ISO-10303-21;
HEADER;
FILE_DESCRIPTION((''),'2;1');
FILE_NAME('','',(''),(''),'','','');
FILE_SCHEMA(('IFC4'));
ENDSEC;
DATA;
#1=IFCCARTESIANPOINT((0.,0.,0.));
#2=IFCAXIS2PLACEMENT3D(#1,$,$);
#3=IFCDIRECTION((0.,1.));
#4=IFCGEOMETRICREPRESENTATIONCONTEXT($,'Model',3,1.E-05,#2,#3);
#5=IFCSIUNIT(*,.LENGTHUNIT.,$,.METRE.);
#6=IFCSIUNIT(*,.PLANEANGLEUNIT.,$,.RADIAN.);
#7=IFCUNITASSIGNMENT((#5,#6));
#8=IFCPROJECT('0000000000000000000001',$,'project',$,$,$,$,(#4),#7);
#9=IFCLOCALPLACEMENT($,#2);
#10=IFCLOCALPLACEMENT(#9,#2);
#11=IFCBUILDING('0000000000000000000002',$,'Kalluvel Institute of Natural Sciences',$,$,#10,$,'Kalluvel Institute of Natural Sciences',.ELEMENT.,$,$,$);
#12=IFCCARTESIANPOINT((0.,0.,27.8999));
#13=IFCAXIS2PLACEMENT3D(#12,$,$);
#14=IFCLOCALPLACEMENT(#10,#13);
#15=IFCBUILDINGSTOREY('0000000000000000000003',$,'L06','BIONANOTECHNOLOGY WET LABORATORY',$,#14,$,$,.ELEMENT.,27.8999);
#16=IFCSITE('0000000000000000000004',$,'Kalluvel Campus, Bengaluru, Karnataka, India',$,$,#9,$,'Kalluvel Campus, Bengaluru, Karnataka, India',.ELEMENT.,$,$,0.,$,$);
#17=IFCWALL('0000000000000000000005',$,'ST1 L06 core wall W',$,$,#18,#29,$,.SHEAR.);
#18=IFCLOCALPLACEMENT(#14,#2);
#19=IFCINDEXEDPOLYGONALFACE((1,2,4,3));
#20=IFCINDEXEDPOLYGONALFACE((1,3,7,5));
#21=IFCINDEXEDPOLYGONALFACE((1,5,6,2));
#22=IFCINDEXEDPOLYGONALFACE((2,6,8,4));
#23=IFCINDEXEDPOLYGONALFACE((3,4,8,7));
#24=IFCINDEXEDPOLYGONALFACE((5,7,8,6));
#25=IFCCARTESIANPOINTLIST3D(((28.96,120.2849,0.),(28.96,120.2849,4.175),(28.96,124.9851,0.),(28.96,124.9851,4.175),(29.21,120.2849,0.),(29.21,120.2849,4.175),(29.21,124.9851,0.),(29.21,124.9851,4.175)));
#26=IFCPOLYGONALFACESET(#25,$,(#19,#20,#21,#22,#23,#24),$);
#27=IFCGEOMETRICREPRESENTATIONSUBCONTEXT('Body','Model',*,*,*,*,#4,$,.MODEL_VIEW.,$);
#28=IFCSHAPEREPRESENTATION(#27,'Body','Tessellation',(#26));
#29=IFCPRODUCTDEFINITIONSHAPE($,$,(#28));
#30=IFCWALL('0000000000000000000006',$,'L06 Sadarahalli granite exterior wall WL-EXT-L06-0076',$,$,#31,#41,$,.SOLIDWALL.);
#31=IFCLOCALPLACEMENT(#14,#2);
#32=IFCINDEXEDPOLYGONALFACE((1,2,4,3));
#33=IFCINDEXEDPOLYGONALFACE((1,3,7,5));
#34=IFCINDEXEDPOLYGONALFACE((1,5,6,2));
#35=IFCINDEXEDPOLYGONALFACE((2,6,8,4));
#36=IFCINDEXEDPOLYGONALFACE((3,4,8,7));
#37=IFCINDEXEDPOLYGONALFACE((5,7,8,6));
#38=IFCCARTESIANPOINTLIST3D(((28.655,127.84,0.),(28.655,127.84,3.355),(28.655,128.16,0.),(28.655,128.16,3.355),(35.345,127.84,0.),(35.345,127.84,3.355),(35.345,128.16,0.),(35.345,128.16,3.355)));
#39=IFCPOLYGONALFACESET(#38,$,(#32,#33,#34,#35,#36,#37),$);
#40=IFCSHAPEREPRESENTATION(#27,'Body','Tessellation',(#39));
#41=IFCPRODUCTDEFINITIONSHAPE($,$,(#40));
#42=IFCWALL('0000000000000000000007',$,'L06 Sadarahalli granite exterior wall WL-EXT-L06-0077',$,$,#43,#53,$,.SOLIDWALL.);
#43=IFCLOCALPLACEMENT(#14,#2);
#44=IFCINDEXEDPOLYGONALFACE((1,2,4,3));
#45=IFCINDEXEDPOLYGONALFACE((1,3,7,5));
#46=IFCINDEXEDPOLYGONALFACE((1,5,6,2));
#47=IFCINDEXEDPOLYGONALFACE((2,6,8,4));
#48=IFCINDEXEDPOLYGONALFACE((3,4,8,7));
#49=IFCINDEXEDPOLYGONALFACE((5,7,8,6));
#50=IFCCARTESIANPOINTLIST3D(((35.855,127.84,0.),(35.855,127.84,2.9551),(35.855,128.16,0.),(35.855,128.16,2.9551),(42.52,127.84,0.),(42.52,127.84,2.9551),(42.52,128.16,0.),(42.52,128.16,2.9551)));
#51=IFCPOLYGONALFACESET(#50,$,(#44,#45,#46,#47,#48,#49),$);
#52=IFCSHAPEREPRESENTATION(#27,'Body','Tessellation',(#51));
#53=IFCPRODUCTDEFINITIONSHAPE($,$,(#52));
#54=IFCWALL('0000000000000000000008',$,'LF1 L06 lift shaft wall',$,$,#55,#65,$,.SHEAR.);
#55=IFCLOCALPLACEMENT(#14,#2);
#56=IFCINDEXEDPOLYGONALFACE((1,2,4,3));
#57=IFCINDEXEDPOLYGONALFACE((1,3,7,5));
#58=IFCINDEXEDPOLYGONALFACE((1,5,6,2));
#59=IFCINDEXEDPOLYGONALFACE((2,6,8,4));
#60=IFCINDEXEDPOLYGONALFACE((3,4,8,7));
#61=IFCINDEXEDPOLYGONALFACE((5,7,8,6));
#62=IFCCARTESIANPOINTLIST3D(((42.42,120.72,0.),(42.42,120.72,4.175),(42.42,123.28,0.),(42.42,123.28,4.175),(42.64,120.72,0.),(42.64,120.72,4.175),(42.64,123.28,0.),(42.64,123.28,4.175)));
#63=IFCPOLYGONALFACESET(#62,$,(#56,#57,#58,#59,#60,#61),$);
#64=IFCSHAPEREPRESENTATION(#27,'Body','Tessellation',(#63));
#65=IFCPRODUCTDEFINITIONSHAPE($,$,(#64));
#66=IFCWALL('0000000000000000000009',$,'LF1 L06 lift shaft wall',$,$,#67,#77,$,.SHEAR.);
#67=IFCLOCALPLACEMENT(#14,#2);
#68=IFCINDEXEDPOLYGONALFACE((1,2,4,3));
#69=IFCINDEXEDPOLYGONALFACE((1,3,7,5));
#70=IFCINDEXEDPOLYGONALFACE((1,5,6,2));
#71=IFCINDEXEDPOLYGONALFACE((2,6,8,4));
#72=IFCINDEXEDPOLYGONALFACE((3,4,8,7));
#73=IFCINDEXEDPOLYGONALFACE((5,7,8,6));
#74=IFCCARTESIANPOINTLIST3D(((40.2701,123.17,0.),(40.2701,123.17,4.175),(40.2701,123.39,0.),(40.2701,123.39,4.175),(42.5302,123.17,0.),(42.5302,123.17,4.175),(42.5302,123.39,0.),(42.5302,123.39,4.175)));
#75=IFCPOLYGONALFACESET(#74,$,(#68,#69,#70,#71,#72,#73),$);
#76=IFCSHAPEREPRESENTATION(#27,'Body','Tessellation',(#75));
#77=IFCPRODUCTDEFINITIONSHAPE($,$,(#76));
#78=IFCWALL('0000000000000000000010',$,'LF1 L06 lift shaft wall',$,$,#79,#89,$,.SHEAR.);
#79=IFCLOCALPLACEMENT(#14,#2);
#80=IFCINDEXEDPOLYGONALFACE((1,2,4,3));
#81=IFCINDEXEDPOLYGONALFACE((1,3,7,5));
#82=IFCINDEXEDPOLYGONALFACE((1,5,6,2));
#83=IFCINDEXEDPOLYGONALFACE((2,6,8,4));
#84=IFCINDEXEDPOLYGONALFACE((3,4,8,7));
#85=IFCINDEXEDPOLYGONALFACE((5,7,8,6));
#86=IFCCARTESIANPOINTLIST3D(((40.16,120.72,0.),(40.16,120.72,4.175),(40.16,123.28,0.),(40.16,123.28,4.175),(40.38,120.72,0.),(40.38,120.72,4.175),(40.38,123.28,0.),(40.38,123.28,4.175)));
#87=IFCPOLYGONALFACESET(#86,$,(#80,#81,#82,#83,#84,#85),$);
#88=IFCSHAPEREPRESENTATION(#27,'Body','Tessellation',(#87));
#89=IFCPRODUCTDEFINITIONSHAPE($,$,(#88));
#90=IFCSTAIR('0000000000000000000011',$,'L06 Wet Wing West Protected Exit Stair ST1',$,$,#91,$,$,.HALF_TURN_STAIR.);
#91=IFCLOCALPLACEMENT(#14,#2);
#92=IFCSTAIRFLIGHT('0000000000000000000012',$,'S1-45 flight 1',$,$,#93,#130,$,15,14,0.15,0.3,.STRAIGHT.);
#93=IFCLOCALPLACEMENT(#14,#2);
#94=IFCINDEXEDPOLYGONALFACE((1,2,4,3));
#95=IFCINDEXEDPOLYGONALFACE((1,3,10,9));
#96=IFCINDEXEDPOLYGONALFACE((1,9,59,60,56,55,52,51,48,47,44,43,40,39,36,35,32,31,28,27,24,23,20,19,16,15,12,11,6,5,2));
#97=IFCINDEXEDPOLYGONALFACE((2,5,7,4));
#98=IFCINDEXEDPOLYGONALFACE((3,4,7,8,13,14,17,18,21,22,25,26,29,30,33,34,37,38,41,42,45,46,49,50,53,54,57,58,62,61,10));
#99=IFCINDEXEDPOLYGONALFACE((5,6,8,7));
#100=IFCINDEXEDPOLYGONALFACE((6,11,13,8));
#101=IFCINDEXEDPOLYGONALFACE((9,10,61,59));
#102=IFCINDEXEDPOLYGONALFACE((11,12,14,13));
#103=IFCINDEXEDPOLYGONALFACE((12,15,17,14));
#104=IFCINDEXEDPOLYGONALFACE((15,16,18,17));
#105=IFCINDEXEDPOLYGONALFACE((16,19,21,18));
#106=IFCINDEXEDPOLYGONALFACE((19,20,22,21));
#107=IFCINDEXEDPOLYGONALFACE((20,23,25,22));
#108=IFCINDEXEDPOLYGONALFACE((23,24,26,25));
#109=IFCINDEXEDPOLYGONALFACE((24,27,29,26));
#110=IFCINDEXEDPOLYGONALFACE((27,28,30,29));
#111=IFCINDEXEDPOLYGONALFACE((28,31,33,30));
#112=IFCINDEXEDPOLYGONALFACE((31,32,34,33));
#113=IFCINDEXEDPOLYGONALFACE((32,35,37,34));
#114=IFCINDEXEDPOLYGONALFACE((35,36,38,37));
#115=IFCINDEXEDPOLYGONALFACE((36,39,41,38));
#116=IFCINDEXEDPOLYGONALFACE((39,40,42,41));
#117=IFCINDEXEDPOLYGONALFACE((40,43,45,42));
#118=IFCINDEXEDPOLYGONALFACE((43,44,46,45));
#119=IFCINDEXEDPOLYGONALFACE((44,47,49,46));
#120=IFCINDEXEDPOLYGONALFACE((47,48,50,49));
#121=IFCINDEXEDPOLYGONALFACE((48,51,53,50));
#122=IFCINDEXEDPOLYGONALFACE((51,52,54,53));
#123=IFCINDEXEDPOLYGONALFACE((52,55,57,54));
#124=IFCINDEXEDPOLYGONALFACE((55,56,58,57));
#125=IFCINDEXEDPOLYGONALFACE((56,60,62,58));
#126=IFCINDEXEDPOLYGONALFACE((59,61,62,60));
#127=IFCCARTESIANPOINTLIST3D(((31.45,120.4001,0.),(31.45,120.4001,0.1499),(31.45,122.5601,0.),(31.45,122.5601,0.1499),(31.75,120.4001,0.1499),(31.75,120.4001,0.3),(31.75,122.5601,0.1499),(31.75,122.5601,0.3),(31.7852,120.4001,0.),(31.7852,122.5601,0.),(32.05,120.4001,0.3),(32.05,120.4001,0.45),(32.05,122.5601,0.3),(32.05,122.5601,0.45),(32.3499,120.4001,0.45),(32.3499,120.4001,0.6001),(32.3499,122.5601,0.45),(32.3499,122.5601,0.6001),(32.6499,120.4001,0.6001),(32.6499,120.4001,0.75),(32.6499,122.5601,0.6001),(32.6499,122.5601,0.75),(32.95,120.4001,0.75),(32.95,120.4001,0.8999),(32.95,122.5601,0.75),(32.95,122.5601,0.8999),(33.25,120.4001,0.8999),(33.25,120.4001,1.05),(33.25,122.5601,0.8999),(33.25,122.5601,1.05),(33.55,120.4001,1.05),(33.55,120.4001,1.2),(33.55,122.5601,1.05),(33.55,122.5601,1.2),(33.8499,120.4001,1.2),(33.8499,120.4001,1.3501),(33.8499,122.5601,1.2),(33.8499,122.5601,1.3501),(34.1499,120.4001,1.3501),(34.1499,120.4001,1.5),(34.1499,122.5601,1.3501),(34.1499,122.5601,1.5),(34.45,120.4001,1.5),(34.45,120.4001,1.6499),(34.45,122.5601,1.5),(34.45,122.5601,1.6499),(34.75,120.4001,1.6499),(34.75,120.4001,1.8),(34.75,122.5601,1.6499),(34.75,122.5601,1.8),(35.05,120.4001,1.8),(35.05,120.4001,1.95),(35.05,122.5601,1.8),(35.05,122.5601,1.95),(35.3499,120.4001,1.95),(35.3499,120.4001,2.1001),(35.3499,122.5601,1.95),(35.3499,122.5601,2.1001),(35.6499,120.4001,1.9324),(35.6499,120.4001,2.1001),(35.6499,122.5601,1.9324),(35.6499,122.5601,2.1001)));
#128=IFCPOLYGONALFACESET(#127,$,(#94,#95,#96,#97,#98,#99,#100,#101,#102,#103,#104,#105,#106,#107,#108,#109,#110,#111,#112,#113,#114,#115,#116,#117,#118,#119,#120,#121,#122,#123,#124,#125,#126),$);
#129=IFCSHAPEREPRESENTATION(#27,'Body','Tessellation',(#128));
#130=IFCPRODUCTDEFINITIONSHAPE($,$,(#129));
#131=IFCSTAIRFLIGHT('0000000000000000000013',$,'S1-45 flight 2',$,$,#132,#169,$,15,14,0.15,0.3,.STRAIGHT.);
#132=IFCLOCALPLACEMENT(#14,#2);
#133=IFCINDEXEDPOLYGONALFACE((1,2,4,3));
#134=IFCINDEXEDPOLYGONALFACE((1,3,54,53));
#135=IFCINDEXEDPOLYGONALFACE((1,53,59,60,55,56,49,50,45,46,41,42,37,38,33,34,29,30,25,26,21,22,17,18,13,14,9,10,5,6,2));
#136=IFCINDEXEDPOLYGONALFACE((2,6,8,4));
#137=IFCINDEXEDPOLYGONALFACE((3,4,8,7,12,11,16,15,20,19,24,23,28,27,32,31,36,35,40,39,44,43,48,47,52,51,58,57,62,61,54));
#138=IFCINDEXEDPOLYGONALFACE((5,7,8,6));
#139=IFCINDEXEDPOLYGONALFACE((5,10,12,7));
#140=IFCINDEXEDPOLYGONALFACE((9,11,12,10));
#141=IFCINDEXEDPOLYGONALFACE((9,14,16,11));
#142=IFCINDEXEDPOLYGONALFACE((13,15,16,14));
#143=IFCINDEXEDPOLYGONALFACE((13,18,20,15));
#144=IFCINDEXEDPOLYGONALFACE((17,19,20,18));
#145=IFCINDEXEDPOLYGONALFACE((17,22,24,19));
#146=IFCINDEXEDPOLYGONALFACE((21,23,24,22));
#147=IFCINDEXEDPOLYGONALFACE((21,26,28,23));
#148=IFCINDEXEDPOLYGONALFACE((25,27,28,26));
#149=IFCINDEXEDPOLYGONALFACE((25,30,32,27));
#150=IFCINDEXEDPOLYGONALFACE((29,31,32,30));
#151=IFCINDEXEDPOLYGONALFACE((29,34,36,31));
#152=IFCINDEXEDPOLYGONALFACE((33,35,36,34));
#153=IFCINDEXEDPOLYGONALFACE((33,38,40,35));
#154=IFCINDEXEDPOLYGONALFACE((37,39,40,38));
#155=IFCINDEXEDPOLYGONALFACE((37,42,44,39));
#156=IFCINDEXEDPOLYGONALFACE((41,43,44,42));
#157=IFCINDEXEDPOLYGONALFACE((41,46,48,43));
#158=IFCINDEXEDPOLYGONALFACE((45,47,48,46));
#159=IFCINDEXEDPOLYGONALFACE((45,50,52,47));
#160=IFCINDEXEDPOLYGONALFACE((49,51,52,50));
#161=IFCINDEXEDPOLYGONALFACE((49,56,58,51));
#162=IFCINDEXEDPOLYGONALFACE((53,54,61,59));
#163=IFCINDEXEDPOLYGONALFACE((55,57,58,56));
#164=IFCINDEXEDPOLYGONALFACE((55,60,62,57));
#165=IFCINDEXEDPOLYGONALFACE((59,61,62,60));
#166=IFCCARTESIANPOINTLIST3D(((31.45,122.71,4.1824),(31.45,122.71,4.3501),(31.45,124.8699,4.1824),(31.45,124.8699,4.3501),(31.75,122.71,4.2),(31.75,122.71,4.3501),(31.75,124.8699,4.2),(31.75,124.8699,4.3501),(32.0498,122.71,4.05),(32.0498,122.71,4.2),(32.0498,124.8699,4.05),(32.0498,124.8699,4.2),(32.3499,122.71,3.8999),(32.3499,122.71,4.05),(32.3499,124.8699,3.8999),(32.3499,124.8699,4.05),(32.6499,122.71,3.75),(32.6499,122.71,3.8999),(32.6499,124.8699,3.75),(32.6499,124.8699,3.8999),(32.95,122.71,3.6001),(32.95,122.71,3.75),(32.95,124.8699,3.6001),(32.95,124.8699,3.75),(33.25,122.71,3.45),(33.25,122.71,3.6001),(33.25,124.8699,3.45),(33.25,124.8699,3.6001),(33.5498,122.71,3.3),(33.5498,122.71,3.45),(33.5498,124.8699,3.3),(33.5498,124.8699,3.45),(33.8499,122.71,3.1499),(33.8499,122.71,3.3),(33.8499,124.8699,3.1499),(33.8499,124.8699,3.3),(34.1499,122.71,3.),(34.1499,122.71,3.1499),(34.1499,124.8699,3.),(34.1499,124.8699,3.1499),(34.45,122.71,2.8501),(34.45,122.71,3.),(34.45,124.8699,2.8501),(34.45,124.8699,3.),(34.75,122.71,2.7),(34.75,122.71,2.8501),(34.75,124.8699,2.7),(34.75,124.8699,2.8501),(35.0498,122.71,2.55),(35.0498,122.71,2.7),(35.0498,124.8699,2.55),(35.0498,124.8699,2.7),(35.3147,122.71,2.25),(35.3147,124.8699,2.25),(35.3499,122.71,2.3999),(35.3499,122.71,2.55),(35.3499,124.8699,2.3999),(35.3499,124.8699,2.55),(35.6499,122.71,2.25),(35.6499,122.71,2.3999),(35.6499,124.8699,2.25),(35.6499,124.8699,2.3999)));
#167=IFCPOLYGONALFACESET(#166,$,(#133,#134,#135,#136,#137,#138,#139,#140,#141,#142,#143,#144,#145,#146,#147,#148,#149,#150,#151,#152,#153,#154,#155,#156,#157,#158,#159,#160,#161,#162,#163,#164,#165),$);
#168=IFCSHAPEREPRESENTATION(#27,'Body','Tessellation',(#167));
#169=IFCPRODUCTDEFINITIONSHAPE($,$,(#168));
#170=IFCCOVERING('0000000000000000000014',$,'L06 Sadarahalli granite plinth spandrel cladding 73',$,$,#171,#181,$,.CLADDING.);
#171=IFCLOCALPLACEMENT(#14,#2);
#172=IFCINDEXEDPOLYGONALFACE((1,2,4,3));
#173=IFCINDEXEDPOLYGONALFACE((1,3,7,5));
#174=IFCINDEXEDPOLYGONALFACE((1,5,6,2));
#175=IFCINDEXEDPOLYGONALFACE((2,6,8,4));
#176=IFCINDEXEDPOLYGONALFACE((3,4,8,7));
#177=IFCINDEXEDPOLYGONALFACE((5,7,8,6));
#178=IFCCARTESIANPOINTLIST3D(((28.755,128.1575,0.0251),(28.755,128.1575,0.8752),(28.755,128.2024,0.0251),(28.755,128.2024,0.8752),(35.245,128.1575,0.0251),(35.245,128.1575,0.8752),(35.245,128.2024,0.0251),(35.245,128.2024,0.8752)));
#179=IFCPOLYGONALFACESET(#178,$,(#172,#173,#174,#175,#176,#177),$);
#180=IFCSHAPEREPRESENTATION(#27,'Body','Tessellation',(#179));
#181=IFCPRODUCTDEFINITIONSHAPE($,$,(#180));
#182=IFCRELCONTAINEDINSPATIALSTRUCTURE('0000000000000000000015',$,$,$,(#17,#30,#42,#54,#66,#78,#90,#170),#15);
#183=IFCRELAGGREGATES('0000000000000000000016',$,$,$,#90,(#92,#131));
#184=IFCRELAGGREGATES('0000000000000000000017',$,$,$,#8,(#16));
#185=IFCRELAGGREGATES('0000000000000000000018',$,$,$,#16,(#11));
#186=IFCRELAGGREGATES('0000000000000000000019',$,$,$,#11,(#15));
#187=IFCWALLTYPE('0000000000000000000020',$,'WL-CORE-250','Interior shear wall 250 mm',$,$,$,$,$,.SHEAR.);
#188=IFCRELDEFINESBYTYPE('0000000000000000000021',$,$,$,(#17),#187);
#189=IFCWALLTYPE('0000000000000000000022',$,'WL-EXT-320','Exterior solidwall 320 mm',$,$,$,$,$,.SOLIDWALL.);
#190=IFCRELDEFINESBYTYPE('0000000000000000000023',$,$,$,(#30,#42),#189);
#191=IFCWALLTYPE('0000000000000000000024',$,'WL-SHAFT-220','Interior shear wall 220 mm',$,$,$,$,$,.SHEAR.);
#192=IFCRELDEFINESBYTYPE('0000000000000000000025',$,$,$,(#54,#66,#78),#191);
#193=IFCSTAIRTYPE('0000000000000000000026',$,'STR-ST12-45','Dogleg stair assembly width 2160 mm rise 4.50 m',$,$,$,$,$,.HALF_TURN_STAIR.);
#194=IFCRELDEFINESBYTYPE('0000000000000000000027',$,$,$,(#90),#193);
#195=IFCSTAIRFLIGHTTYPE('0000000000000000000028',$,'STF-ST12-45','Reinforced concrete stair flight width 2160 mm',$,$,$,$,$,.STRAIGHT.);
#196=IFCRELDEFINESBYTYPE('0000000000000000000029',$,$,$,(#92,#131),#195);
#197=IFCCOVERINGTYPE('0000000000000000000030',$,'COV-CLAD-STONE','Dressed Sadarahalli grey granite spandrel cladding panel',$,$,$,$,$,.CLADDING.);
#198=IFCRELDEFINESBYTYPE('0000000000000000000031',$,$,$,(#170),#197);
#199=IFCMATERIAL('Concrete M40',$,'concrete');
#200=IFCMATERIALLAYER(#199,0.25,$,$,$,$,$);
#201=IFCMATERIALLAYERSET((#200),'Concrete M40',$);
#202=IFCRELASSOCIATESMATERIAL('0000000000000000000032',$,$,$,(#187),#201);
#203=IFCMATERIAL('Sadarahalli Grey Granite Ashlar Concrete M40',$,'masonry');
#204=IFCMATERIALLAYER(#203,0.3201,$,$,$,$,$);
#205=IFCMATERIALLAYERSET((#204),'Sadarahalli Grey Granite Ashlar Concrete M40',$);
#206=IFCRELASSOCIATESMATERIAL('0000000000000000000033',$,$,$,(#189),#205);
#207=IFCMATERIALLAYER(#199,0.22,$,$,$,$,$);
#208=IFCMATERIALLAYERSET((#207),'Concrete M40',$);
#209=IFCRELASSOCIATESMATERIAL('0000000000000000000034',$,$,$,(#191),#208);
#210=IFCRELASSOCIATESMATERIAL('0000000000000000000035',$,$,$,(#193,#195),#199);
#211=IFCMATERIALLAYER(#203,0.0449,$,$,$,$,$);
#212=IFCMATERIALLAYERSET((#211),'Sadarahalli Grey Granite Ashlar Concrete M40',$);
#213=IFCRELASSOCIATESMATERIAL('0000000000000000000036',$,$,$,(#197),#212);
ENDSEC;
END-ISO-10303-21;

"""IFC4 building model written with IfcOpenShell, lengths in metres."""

from ifc_helpers import new_model, si_unit, direction, frame, frame_2d, origin, origin_2d, place, context, subcontext, project, spatial, polyline, rectangle, outline, extrude, material, layer, layer_set, type_object, element, aggregate, save


model = new_model("IFC4")

# Units and contexts
model_context = context("Model", 3, precision=1e-05, world=origin(), true_north=direction((0.0, 1.0)))
body_context = subcontext(model_context, "Body", "Model", "MODEL_VIEW")
ifc_project = project(units=[si_unit("LENGTHUNIT", "METRE"), si_unit("PLANEANGLEUNIT", "RADIAN")], contexts=[model_context])

# Site, building, storey
site_placement = place(None, origin())
site = spatial("IfcSite", under=ifc_project, at=site_placement, Name="Kalluvel Campus, Bengaluru, Karnataka, India", LongName="Kalluvel Campus, Bengaluru, Karnataka, India", CompositionType="ELEMENT", RefElevation=0.0)
building_placement = place(site_placement, origin())
building = spatial("IfcBuilding", under=site, at=building_placement, Name="Kalluvel Institute of Natural Sciences", LongName="Kalluvel Institute of Natural Sciences", CompositionType="ELEMENT")
storey_placement = place(building_placement, frame((0.0, 0.0, 27.8999)))
storey = spatial("IfcBuildingStorey", under=building, at=storey_placement, Name="L06", Description="BIONANOTECHNOLOGY WET LABORATORY", CompositionType="ELEMENT", Elevation=27.8999)

# Shared definitions
ifc_material_1 = material(Name="Concrete M40", Category="concrete")

# Shared definitions
ifc_layer_1 = layer(ifc_material_1, 0.25)
ifc_layer_set_1 = layer_set([ifc_layer_1], Name="Concrete M40")
wall_type_1 = type_object("IfcWallType", Name="WL-CORE-250", Description="Interior shear wall 250 mm", PredefinedType="SHEAR", material=ifc_layer_set_1)

# Walls
wall_1_placement = place(storey_placement, frame((29.085, 124.9851, 0.0), z_axis=(0.0, 0.0, 1.0), x_axis=(0.0, -1.0, 0.0)))
element("IfcWall", 1, at=wall_1_placement, inside=storey, type_object=wall_type_1, Name="ST1 L06 core wall W", PredefinedType="SHEAR", context=body_context, shape_type="SweptSolid", body=[
    extrude(rectangle(XDim=4.7002, YDim=0.25, at=frame_2d((2.3501, 0.0))), origin(), (0.0, 0.0, 1.0), 4.175),
])
ifc_material_2 = material(Name="Sadarahalli Grey Granite Ashlar Concrete M40", Category="masonry")
ifc_layer_2 = layer(ifc_material_2, 0.3201)
ifc_layer_set_2 = layer_set([ifc_layer_2], Name="Sadarahalli Grey Granite Ashlar Concrete M40")
wall_type_2 = type_object("IfcWallType", Name="WL-EXT-320", Description="Exterior solidwall 320 mm", PredefinedType="SOLIDWALL", material=ifc_layer_set_2)
wall_2_placement = place(storey_placement, frame((28.655, 128.0, 0.0), z_axis=(0.0, 0.0, 1.0), x_axis=(1.0, 0.0, 0.0)))
element("IfcWall", 2, at=wall_2_placement, inside=storey, type_object=wall_type_2, Name="L06 Sadarahalli granite exterior wall WL-EXT-L06-0076", PredefinedType="SOLIDWALL", context=body_context, shape_type="SweptSolid", body=[
    extrude(rectangle(XDim=6.6899, YDim=0.3201, at=frame_2d((3.345, 0.0))), origin(), (0.0, 0.0, 1.0), 3.355),
])
wall_3_placement = place(storey_placement, frame((35.855, 128.0, 0.0), z_axis=(0.0, 0.0, 1.0), x_axis=(1.0, 0.0, 0.0)))
element("IfcWall", 3, at=wall_3_placement, inside=storey, type_object=wall_type_2, Name="L06 Sadarahalli granite exterior wall WL-EXT-L06-0077", PredefinedType="SOLIDWALL", context=body_context, shape_type="SweptSolid", body=[
    extrude(rectangle(XDim=6.665, YDim=0.3201, at=frame_2d((3.3325, 0.0))), origin(), (0.0, 0.0, 1.0), 2.9551),
])

# Shared definitions
ifc_layer_3 = layer(ifc_material_1, 0.22)
ifc_layer_set_3 = layer_set([ifc_layer_3], Name="Concrete M40")
wall_type_3 = type_object("IfcWallType", Name="WL-SHAFT-220", Description="Interior shear wall 220 mm", PredefinedType="SHEAR", material=ifc_layer_set_3)

# Walls
wall_4_placement = place(storey_placement, frame((42.53, 120.72, 0.0), z_axis=(0.0, 0.0, 1.0), x_axis=(0.0, 1.0, 0.0)))
element("IfcWall", 4, at=wall_4_placement, inside=storey, type_object=wall_type_3, Name="LF1 L06 lift shaft wall", PredefinedType="SHEAR", context=body_context, shape_type="SweptSolid", body=[
    extrude(rectangle(XDim=2.5601, YDim=0.22, at=frame_2d((1.28, 0.0))), origin(), (0.0, 0.0, 1.0), 4.175),
])
wall_5_placement = place(storey_placement, frame((42.53, 123.28, 0.0), z_axis=(0.0, 0.0, 1.0), x_axis=(-1.0, 0.0, 0.0)))
element("IfcWall", 5, at=wall_5_placement, inside=storey, type_object=wall_type_3, Name="LF1 L06 lift shaft wall", PredefinedType="SHEAR", context=body_context, shape_type="SweptSolid", body=[
    extrude(rectangle(XDim=2.26, YDim=0.22, at=frame_2d((1.1299, 0.0))), origin(), (0.0, 0.0, 1.0), 4.175),
])
wall_6_placement = place(storey_placement, frame((40.27, 123.28, 0.0), z_axis=(0.0, 0.0, 1.0), x_axis=(0.0, -1.0, 0.0)))
element("IfcWall", 6, at=wall_6_placement, inside=storey, type_object=wall_type_3, Name="LF1 L06 lift shaft wall", PredefinedType="SHEAR", context=body_context, shape_type="SweptSolid", body=[
    extrude(rectangle(XDim=2.5601, YDim=0.22, at=frame_2d((1.28, 0.0))), origin(), (0.0, 0.0, 1.0), 4.175),
])

# Stair, stair flights
stair_type = type_object("IfcStairType", Name="STR-ST12-45", Description="Dogleg stair assembly width 2160 mm rise 4.50 m", PredefinedType="HALF_TURN_STAIR", material=ifc_material_1)
stair_placement = place(storey_placement, origin())
stair = element("IfcStair", 7, at=stair_placement, inside=storey, type_object=stair_type, Name="L06 Wet Wing West Protected Exit Stair ST1", PredefinedType="HALF_TURN_STAIR")
stair_flight_type = type_object("IfcStairFlightType", Name="STF-ST12-45", Description="Reinforced concrete stair flight width 2160 mm", PredefinedType="STRAIGHT", material=ifc_material_1)
stair_flight_1_placement = place(storey_placement, frame((31.45, 121.48, 0.0), z_axis=(0.0, 0.0, 1.0), x_axis=(1.0, 0.0, 0.0)))
stair_flight_1 = element("IfcStairFlight", 8, at=stair_flight_1_placement, type_object=stair_flight_type, Name="S1-45 flight 1", NumberOfRisers=15, NumberOfTreads=14, PredefinedType="STRAIGHT", RiserHeight=0.15, TreadLength=0.3, context=body_context, shape_type="SweptSolid", body=[
    extrude(outline(polyline([(0.0, 0.0), (0.0, 0.1499), (0.3, 0.1499), (0.3, 0.3), (0.6001, 0.3), (0.6001, 0.45), (0.8999, 0.45), (0.8999, 0.6001), (1.2, 0.6001), (1.2, 0.75), (1.5, 0.75), (1.5, 0.8999), (1.8, 0.8999), (1.8, 1.05), (2.1001, 1.05), (2.1001, 1.2), (2.3999, 1.2), (2.3999, 1.3501), (2.7, 1.3501), (2.7, 1.5), (3.0, 1.5), (3.0, 1.6499), (3.3, 1.6499), (3.3, 1.8), (3.6001, 1.8), (3.6001, 1.95), (3.8999, 1.95), (3.8999, 2.1001), (4.2, 2.1001), (4.2, 2.25), (4.2, 1.9324), (0.3352, 0.0), (0.0, 0.0)])), frame((0.0, 1.0801, 0.0), z_axis=(0.0, -1.0, 0.0), x_axis=(1.0, 0.0, 0.0)), (0.0, 0.0, 1.0), 2.1599),
])
stair_flight_2_placement = place(storey_placement, frame((35.6499, 123.79, 2.25), z_axis=(0.0, 0.0, 1.0), x_axis=(-1.0, 0.0, 0.0)))
stair_flight_2 = element("IfcStairFlight", 9, at=stair_flight_2_placement, type_object=stair_flight_type, Name="S1-45 flight 2", NumberOfRisers=15, NumberOfTreads=14, PredefinedType="STRAIGHT", RiserHeight=0.15, TreadLength=0.3, context=body_context, shape_type="SweptSolid", body=[
    extrude(outline(polyline([(0.0, 0.0), (0.0, 0.1499), (0.3, 0.1499), (0.3, 0.3), (0.6001, 0.3), (0.6001, 0.45), (0.8999, 0.45), (0.8999, 0.6001), (1.2, 0.6001), (1.2, 0.75), (1.5, 0.75), (1.5, 0.8999), (1.8, 0.8999), (1.8, 1.05), (2.1001, 1.05), (2.1001, 1.2), (2.3999, 1.2), (2.3999, 1.3501), (2.7, 1.3501), (2.7, 1.5), (3.0, 1.5), (3.0, 1.6499), (3.3, 1.6499), (3.3, 1.8), (3.6001, 1.8), (3.6001, 1.95), (3.8999, 1.95), (3.8999, 2.1001), (4.2, 2.1001), (4.2, 2.25), (4.2, 1.9324), (0.3352, 0.0), (0.0, 0.0)])), frame((0.0, 1.0801, 0.0), z_axis=(0.0, -1.0, 0.0), x_axis=(1.0, 0.0, 0.0)), (0.0, 0.0, 1.0), 2.1599),
])
aggregate(stair, [stair_flight_1, stair_flight_2])

# Covering
ifc_layer_4 = layer(ifc_material_2, 0.0449)
ifc_layer_set_4 = layer_set([ifc_layer_4], Name="Sadarahalli Grey Granite Ashlar Concrete M40")
covering_type = type_object("IfcCoveringType", Name="COV-CLAD-STONE", Description="Dressed Sadarahalli grey granite spandrel cladding panel", PredefinedType="CLADDING", material=ifc_layer_set_4)
covering_1_placement = place(storey_placement, frame((32.0, 128.1799, 0.0251), z_axis=(0.0, 0.0, 1.0), x_axis=(1.0, 0.0, 0.0)))
element("IfcCovering", 10, at=covering_1_placement, inside=storey, type_object=covering_type, Name="L06 Sadarahalli granite plinth spandrel cladding 73", PredefinedType="CLADDING", context=body_context, shape_type="SweptSolid", body=[
    extrude(rectangle(XDim=6.49, YDim=0.0449, at=origin_2d()), origin(), (0.0, 0.0, 1.0), 0.8501),
])

save(model, "model.ifc")
